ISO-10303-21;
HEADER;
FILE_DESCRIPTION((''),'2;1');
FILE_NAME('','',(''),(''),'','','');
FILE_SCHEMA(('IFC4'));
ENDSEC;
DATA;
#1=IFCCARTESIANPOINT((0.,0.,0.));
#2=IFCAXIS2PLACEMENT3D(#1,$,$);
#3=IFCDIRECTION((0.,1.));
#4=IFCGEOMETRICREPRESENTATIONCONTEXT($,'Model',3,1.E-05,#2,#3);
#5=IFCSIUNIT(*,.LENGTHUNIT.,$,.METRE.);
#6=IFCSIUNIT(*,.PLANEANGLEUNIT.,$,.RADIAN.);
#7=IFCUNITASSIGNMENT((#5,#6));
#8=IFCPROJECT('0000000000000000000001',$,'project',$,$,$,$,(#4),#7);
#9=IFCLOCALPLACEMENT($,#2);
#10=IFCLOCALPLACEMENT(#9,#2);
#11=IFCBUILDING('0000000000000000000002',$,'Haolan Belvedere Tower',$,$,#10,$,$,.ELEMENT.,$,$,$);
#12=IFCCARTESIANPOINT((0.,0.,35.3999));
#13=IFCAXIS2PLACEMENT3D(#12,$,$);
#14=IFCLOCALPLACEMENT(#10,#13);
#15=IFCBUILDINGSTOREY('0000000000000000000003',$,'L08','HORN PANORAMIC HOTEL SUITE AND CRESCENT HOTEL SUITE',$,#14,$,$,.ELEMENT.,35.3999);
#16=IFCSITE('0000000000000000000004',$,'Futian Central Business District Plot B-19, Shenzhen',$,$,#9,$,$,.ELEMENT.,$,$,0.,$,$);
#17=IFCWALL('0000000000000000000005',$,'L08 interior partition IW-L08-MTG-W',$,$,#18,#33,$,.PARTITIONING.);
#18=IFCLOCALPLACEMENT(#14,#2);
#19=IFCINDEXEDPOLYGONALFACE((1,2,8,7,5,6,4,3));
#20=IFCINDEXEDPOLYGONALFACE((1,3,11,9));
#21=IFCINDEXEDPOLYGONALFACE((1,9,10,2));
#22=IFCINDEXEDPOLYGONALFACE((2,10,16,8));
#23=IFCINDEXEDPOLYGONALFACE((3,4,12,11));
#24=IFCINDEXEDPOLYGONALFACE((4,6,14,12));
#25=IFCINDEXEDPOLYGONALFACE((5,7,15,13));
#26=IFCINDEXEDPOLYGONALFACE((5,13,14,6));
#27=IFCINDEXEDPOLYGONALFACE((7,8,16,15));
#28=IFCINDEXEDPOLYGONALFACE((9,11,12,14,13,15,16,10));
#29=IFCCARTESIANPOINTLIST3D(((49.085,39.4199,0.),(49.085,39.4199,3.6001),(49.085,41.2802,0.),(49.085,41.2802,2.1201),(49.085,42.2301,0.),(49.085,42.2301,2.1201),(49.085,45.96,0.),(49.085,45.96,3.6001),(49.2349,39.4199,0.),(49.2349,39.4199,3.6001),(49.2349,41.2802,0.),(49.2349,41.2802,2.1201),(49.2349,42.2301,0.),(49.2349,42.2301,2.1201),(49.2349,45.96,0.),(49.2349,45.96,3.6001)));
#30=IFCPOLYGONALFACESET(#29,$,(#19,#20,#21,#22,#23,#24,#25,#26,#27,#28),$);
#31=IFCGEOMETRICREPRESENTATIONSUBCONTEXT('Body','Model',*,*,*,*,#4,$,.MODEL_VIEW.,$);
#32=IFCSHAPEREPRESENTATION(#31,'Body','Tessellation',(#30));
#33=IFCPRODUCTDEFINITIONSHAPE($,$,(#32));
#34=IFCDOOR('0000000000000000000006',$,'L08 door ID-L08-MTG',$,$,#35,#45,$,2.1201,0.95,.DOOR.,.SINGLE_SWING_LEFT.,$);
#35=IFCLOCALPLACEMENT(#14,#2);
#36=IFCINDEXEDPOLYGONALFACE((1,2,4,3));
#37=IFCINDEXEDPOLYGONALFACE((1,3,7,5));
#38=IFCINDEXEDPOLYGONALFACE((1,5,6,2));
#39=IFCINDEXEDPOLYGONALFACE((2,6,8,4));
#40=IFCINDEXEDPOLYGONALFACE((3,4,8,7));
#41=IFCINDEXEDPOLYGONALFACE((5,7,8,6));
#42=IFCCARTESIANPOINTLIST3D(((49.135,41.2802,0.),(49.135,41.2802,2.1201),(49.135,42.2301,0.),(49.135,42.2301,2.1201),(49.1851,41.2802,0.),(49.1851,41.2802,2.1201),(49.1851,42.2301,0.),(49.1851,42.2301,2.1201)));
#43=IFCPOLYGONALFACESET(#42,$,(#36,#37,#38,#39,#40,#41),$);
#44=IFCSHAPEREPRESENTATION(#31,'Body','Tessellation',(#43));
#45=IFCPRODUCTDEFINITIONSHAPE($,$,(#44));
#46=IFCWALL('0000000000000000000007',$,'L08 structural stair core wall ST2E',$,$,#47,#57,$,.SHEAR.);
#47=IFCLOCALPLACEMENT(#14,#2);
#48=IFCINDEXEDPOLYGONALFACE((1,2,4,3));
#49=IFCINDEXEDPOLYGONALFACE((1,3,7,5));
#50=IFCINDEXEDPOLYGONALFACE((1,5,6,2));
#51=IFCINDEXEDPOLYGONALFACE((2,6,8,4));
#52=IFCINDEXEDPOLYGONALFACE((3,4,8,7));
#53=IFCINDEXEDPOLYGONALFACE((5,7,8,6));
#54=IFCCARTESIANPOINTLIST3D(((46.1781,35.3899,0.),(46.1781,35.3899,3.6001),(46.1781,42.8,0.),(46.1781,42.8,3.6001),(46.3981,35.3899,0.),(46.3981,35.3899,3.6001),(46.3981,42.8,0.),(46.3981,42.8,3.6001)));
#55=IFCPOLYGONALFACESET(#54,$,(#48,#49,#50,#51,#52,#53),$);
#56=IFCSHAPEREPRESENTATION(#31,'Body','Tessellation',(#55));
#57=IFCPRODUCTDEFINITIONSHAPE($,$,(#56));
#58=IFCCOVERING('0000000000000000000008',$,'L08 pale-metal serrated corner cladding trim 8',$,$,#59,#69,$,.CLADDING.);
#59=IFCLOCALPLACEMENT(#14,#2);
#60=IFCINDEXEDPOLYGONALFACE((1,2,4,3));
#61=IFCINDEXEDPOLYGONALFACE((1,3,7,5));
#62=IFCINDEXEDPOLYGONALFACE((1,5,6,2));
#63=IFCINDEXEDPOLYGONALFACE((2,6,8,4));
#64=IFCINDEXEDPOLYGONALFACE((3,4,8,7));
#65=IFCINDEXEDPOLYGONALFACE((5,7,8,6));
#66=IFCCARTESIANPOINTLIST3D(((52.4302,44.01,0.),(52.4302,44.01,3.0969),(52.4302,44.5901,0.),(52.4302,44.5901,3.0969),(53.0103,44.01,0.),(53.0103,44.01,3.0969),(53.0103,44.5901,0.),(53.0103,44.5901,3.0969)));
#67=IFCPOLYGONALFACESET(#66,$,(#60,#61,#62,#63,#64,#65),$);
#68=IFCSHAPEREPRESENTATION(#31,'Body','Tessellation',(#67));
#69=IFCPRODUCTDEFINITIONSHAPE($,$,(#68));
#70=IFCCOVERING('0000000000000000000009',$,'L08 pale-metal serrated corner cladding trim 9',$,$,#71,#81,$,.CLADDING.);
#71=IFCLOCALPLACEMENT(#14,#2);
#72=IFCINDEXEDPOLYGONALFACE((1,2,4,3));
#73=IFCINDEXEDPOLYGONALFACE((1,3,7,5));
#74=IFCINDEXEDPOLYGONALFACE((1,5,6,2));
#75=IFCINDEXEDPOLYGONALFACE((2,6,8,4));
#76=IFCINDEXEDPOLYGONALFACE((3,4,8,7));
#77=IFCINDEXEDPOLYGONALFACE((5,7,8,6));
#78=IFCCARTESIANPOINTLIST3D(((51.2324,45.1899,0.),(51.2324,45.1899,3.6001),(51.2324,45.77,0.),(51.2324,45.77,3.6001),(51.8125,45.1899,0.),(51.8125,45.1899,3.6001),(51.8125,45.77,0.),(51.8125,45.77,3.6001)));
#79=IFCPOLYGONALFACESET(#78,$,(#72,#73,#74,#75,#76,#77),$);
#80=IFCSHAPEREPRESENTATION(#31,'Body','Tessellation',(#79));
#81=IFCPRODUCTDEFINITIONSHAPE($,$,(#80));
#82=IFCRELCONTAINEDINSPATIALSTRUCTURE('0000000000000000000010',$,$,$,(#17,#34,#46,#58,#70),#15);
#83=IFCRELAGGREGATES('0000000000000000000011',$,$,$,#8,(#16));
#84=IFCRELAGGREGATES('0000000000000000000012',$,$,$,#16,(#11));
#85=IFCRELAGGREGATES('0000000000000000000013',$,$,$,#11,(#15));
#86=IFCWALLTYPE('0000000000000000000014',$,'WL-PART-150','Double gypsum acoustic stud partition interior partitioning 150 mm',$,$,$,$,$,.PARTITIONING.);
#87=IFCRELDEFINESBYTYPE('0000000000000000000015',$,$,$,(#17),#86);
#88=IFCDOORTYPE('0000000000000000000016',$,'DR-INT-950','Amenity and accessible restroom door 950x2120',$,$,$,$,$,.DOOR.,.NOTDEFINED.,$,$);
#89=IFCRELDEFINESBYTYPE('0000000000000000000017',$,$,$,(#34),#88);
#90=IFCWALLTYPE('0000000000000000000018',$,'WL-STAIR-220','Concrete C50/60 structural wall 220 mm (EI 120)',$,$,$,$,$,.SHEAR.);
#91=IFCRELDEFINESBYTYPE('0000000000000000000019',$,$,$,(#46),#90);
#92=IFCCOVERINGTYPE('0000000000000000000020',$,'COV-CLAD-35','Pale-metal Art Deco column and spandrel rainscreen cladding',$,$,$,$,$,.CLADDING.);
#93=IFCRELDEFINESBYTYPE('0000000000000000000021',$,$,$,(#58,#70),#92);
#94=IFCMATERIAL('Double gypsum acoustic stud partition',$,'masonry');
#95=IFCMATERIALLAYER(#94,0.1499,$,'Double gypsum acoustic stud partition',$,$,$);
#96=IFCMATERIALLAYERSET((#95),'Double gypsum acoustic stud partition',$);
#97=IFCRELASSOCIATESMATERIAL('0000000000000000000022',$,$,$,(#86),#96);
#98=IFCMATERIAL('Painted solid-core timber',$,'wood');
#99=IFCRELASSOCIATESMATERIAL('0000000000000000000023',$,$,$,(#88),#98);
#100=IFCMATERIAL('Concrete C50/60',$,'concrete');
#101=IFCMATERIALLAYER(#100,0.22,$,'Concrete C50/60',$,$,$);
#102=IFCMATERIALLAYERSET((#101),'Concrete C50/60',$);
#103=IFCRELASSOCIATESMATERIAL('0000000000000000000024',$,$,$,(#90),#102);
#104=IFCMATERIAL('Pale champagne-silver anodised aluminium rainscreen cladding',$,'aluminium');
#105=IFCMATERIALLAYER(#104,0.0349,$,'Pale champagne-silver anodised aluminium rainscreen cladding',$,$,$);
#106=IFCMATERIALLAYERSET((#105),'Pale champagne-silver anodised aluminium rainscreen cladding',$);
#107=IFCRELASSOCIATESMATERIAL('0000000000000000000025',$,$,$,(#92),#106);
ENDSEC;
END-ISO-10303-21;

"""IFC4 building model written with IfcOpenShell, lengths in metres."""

from ifc_helpers import new_model, si_unit, direction, frame, frame_2d, origin, origin_2d, place, context, subcontext, project, spatial, rectangle, extrude, material, layer, layer_set, type_object, element, fill, save


model = new_model("IFC4")

# Units and contexts
model_context = context("Model", 3, precision=1e-05, world=origin(), true_north=direction((0.0, 1.0)))
body_context = subcontext(model_context, "Body", "Model", "MODEL_VIEW")
ifc_project = project(units=[si_unit("LENGTHUNIT", "METRE"), si_unit("PLANEANGLEUNIT", "RADIAN")], contexts=[model_context])

# Site, building, storey
site_placement = place(None, origin())
site = spatial("IfcSite", under=ifc_project, at=site_placement, Name="Futian Central Business District Plot B-19, Shenzhen", CompositionType="ELEMENT", RefElevation=0.0)
building_placement = place(site_placement, origin())
building = spatial("IfcBuilding", under=site, at=building_placement, Name="Haolan Belvedere Tower", CompositionType="ELEMENT")
storey_placement = place(building_placement, frame((0.0, 0.0, 35.3999)))
storey = spatial("IfcBuildingStorey", under=building, at=storey_placement, Name="L08", Description="HORN PANORAMIC HOTEL SUITE AND CRESCENT HOTEL SUITE", CompositionType="ELEMENT", Elevation=35.3999)

# Shared definitions
ifc_material_1 = material(Name="Double gypsum acoustic stud partition", Category="masonry")
ifc_layer_1 = layer(ifc_material_1, 0.1499, Name="Double gypsum acoustic stud partition")
ifc_layer_set_1 = layer_set([ifc_layer_1], Name="Double gypsum acoustic stud partition")
wall_type_1 = type_object("IfcWallType", Name="WL-PART-150", Description="Double gypsum acoustic stud partition interior partitioning 150 mm", PredefinedType="PARTITIONING", material=ifc_layer_set_1)

# Shared definitions
ifc_material_2 = material(Name="Painted solid-core timber", Category="wood")
door_type = type_object("IfcDoorType", Name="DR-INT-950", Description="Amenity and accessible restroom door 950x2120", OperationType="NOTDEFINED", PredefinedType="DOOR", material=ifc_material_2)

# Wall, opening, door
wall_1_placement = place(storey_placement, frame((49.1599, 39.4199, 0.0), z_axis=(0.0, 0.0, 1.0), x_axis=(0.0, 1.0, 0.0)))
wall_1 = element("IfcWall", 1, at=wall_1_placement, inside=storey, type_object=wall_type_1, Name="L08 interior partition IW-L08-MTG-W", PredefinedType="PARTITIONING", context=body_context, shape_type="SweptSolid", body=[
    extrude(rectangle(XDim=6.54, YDim=0.1499, at=frame_2d((3.27, 0.0))), origin(), (0.0, 0.0, 1.0), 3.6001),
])
opening_1_placement = place(wall_1_placement, frame((1.8601, 0.0, 0.0)))
opening_1 = element("IfcOpeningElement", 2, at=opening_1_placement, cuts=wall_1, PredefinedType="OPENING", context=body_context, shape_type="SweptSolid", body=[
    extrude(rectangle(XDim=0.95, YDim=2.1201, at=frame_2d((0.4751, 1.0601))), frame((0.0, 0.085, 0.0), z_axis=(0.0, -1.0, 0.0), x_axis=(1.0, 0.0, 0.0)), (0.0, 0.0, 1.0), 0.1699),
])
door_1_placement = place(opening_1_placement, origin())
door_1 = element("IfcDoor", 3, at=door_1_placement, inside=storey, type_object=door_type, Name="L08 door ID-L08-MTG", OperationType="SINGLE_SWING_LEFT", OverallHeight=2.1201, OverallWidth=0.95, PredefinedType="DOOR", context=body_context, shape_type="SweptSolid", body=[
    extrude(rectangle(XDim=0.95, YDim=2.1201, at=frame_2d((0.4751, 1.0601))), frame((0.0, 0.0249, 0.0), z_axis=(0.0, -1.0, 0.0), x_axis=(1.0, 0.0, 0.0)), (0.0, 0.0, 1.0), 0.05),
])
fill(opening_1, door_1)

# Wall
ifc_material_3 = material(Name="Concrete C50/60", Category="concrete")
ifc_layer_2 = layer(ifc_material_3, 0.22, Name="Concrete C50/60")
ifc_layer_set_2 = layer_set([ifc_layer_2], Name="Concrete C50/60")
wall_type_2 = type_object("IfcWallType", Name="WL-STAIR-220", Description="Concrete C50/60 structural wall 220 mm (EI 120)", PredefinedType="SHEAR", material=ifc_layer_set_2)
wall_2_placement = place(storey_placement, frame((46.2881, 35.3899, 0.0), z_axis=(0.0, 0.0, 1.0), x_axis=(0.0, 1.0, 0.0)))
element("IfcWall", 4, at=wall_2_placement, inside=storey, type_object=wall_type_2, Name="L08 structural stair core wall ST2E", PredefinedType="SHEAR", context=body_context, shape_type="SweptSolid", body=[
    extrude(rectangle(XDim=7.4102, YDim=0.22, at=frame_2d((3.7051, 0.0))), origin(), (0.0, 0.0, 1.0), 3.6001),
])

# Coverings
ifc_material_4 = material(Name="Pale champagne-silver anodised aluminium rainscreen cladding", Category="aluminium")
ifc_layer_3 = layer(ifc_material_4, 0.0349, Name="Pale champagne-silver anodised aluminium rainscreen cladding")
ifc_layer_set_3 = layer_set([ifc_layer_3], Name="Pale champagne-silver anodised aluminium rainscreen cladding")
covering_type = type_object("IfcCoveringType", Name="COV-CLAD-35", Description="Pale-metal Art Deco column and spandrel rainscreen cladding", PredefinedType="CLADDING", material=ifc_layer_set_3)
covering_1_placement = place(storey_placement, frame((52.7202, 44.3, 0.0), z_axis=(0.0, 0.0, 1.0), x_axis=(1.0, 0.0, 0.0)))
element("IfcCovering", 5, at=covering_1_placement, inside=storey, type_object=covering_type, Name="L08 pale-metal serrated corner cladding trim 8", PredefinedType="CLADDING", context=body_context, shape_type="SweptSolid", body=[
    extrude(rectangle(XDim=0.5801, YDim=0.5801, at=origin_2d()), origin(), (0.0, 0.0, 1.0), 3.0969),
])
covering_2_placement = place(storey_placement, frame((51.5225, 45.48, 0.0), z_axis=(0.0, 0.0, 1.0), x_axis=(1.0, 0.0, 0.0)))
element("IfcCovering", 6, at=covering_2_placement, inside=storey, type_object=covering_type, Name="L08 pale-metal serrated corner cladding trim 9", PredefinedType="CLADDING", context=body_context, shape_type="SweptSolid", body=[
    extrude(rectangle(XDim=0.5801, YDim=0.5801, at=origin_2d()), origin(), (0.0, 0.0, 1.0), 3.6001),
])

save(model, "model.ifc")
